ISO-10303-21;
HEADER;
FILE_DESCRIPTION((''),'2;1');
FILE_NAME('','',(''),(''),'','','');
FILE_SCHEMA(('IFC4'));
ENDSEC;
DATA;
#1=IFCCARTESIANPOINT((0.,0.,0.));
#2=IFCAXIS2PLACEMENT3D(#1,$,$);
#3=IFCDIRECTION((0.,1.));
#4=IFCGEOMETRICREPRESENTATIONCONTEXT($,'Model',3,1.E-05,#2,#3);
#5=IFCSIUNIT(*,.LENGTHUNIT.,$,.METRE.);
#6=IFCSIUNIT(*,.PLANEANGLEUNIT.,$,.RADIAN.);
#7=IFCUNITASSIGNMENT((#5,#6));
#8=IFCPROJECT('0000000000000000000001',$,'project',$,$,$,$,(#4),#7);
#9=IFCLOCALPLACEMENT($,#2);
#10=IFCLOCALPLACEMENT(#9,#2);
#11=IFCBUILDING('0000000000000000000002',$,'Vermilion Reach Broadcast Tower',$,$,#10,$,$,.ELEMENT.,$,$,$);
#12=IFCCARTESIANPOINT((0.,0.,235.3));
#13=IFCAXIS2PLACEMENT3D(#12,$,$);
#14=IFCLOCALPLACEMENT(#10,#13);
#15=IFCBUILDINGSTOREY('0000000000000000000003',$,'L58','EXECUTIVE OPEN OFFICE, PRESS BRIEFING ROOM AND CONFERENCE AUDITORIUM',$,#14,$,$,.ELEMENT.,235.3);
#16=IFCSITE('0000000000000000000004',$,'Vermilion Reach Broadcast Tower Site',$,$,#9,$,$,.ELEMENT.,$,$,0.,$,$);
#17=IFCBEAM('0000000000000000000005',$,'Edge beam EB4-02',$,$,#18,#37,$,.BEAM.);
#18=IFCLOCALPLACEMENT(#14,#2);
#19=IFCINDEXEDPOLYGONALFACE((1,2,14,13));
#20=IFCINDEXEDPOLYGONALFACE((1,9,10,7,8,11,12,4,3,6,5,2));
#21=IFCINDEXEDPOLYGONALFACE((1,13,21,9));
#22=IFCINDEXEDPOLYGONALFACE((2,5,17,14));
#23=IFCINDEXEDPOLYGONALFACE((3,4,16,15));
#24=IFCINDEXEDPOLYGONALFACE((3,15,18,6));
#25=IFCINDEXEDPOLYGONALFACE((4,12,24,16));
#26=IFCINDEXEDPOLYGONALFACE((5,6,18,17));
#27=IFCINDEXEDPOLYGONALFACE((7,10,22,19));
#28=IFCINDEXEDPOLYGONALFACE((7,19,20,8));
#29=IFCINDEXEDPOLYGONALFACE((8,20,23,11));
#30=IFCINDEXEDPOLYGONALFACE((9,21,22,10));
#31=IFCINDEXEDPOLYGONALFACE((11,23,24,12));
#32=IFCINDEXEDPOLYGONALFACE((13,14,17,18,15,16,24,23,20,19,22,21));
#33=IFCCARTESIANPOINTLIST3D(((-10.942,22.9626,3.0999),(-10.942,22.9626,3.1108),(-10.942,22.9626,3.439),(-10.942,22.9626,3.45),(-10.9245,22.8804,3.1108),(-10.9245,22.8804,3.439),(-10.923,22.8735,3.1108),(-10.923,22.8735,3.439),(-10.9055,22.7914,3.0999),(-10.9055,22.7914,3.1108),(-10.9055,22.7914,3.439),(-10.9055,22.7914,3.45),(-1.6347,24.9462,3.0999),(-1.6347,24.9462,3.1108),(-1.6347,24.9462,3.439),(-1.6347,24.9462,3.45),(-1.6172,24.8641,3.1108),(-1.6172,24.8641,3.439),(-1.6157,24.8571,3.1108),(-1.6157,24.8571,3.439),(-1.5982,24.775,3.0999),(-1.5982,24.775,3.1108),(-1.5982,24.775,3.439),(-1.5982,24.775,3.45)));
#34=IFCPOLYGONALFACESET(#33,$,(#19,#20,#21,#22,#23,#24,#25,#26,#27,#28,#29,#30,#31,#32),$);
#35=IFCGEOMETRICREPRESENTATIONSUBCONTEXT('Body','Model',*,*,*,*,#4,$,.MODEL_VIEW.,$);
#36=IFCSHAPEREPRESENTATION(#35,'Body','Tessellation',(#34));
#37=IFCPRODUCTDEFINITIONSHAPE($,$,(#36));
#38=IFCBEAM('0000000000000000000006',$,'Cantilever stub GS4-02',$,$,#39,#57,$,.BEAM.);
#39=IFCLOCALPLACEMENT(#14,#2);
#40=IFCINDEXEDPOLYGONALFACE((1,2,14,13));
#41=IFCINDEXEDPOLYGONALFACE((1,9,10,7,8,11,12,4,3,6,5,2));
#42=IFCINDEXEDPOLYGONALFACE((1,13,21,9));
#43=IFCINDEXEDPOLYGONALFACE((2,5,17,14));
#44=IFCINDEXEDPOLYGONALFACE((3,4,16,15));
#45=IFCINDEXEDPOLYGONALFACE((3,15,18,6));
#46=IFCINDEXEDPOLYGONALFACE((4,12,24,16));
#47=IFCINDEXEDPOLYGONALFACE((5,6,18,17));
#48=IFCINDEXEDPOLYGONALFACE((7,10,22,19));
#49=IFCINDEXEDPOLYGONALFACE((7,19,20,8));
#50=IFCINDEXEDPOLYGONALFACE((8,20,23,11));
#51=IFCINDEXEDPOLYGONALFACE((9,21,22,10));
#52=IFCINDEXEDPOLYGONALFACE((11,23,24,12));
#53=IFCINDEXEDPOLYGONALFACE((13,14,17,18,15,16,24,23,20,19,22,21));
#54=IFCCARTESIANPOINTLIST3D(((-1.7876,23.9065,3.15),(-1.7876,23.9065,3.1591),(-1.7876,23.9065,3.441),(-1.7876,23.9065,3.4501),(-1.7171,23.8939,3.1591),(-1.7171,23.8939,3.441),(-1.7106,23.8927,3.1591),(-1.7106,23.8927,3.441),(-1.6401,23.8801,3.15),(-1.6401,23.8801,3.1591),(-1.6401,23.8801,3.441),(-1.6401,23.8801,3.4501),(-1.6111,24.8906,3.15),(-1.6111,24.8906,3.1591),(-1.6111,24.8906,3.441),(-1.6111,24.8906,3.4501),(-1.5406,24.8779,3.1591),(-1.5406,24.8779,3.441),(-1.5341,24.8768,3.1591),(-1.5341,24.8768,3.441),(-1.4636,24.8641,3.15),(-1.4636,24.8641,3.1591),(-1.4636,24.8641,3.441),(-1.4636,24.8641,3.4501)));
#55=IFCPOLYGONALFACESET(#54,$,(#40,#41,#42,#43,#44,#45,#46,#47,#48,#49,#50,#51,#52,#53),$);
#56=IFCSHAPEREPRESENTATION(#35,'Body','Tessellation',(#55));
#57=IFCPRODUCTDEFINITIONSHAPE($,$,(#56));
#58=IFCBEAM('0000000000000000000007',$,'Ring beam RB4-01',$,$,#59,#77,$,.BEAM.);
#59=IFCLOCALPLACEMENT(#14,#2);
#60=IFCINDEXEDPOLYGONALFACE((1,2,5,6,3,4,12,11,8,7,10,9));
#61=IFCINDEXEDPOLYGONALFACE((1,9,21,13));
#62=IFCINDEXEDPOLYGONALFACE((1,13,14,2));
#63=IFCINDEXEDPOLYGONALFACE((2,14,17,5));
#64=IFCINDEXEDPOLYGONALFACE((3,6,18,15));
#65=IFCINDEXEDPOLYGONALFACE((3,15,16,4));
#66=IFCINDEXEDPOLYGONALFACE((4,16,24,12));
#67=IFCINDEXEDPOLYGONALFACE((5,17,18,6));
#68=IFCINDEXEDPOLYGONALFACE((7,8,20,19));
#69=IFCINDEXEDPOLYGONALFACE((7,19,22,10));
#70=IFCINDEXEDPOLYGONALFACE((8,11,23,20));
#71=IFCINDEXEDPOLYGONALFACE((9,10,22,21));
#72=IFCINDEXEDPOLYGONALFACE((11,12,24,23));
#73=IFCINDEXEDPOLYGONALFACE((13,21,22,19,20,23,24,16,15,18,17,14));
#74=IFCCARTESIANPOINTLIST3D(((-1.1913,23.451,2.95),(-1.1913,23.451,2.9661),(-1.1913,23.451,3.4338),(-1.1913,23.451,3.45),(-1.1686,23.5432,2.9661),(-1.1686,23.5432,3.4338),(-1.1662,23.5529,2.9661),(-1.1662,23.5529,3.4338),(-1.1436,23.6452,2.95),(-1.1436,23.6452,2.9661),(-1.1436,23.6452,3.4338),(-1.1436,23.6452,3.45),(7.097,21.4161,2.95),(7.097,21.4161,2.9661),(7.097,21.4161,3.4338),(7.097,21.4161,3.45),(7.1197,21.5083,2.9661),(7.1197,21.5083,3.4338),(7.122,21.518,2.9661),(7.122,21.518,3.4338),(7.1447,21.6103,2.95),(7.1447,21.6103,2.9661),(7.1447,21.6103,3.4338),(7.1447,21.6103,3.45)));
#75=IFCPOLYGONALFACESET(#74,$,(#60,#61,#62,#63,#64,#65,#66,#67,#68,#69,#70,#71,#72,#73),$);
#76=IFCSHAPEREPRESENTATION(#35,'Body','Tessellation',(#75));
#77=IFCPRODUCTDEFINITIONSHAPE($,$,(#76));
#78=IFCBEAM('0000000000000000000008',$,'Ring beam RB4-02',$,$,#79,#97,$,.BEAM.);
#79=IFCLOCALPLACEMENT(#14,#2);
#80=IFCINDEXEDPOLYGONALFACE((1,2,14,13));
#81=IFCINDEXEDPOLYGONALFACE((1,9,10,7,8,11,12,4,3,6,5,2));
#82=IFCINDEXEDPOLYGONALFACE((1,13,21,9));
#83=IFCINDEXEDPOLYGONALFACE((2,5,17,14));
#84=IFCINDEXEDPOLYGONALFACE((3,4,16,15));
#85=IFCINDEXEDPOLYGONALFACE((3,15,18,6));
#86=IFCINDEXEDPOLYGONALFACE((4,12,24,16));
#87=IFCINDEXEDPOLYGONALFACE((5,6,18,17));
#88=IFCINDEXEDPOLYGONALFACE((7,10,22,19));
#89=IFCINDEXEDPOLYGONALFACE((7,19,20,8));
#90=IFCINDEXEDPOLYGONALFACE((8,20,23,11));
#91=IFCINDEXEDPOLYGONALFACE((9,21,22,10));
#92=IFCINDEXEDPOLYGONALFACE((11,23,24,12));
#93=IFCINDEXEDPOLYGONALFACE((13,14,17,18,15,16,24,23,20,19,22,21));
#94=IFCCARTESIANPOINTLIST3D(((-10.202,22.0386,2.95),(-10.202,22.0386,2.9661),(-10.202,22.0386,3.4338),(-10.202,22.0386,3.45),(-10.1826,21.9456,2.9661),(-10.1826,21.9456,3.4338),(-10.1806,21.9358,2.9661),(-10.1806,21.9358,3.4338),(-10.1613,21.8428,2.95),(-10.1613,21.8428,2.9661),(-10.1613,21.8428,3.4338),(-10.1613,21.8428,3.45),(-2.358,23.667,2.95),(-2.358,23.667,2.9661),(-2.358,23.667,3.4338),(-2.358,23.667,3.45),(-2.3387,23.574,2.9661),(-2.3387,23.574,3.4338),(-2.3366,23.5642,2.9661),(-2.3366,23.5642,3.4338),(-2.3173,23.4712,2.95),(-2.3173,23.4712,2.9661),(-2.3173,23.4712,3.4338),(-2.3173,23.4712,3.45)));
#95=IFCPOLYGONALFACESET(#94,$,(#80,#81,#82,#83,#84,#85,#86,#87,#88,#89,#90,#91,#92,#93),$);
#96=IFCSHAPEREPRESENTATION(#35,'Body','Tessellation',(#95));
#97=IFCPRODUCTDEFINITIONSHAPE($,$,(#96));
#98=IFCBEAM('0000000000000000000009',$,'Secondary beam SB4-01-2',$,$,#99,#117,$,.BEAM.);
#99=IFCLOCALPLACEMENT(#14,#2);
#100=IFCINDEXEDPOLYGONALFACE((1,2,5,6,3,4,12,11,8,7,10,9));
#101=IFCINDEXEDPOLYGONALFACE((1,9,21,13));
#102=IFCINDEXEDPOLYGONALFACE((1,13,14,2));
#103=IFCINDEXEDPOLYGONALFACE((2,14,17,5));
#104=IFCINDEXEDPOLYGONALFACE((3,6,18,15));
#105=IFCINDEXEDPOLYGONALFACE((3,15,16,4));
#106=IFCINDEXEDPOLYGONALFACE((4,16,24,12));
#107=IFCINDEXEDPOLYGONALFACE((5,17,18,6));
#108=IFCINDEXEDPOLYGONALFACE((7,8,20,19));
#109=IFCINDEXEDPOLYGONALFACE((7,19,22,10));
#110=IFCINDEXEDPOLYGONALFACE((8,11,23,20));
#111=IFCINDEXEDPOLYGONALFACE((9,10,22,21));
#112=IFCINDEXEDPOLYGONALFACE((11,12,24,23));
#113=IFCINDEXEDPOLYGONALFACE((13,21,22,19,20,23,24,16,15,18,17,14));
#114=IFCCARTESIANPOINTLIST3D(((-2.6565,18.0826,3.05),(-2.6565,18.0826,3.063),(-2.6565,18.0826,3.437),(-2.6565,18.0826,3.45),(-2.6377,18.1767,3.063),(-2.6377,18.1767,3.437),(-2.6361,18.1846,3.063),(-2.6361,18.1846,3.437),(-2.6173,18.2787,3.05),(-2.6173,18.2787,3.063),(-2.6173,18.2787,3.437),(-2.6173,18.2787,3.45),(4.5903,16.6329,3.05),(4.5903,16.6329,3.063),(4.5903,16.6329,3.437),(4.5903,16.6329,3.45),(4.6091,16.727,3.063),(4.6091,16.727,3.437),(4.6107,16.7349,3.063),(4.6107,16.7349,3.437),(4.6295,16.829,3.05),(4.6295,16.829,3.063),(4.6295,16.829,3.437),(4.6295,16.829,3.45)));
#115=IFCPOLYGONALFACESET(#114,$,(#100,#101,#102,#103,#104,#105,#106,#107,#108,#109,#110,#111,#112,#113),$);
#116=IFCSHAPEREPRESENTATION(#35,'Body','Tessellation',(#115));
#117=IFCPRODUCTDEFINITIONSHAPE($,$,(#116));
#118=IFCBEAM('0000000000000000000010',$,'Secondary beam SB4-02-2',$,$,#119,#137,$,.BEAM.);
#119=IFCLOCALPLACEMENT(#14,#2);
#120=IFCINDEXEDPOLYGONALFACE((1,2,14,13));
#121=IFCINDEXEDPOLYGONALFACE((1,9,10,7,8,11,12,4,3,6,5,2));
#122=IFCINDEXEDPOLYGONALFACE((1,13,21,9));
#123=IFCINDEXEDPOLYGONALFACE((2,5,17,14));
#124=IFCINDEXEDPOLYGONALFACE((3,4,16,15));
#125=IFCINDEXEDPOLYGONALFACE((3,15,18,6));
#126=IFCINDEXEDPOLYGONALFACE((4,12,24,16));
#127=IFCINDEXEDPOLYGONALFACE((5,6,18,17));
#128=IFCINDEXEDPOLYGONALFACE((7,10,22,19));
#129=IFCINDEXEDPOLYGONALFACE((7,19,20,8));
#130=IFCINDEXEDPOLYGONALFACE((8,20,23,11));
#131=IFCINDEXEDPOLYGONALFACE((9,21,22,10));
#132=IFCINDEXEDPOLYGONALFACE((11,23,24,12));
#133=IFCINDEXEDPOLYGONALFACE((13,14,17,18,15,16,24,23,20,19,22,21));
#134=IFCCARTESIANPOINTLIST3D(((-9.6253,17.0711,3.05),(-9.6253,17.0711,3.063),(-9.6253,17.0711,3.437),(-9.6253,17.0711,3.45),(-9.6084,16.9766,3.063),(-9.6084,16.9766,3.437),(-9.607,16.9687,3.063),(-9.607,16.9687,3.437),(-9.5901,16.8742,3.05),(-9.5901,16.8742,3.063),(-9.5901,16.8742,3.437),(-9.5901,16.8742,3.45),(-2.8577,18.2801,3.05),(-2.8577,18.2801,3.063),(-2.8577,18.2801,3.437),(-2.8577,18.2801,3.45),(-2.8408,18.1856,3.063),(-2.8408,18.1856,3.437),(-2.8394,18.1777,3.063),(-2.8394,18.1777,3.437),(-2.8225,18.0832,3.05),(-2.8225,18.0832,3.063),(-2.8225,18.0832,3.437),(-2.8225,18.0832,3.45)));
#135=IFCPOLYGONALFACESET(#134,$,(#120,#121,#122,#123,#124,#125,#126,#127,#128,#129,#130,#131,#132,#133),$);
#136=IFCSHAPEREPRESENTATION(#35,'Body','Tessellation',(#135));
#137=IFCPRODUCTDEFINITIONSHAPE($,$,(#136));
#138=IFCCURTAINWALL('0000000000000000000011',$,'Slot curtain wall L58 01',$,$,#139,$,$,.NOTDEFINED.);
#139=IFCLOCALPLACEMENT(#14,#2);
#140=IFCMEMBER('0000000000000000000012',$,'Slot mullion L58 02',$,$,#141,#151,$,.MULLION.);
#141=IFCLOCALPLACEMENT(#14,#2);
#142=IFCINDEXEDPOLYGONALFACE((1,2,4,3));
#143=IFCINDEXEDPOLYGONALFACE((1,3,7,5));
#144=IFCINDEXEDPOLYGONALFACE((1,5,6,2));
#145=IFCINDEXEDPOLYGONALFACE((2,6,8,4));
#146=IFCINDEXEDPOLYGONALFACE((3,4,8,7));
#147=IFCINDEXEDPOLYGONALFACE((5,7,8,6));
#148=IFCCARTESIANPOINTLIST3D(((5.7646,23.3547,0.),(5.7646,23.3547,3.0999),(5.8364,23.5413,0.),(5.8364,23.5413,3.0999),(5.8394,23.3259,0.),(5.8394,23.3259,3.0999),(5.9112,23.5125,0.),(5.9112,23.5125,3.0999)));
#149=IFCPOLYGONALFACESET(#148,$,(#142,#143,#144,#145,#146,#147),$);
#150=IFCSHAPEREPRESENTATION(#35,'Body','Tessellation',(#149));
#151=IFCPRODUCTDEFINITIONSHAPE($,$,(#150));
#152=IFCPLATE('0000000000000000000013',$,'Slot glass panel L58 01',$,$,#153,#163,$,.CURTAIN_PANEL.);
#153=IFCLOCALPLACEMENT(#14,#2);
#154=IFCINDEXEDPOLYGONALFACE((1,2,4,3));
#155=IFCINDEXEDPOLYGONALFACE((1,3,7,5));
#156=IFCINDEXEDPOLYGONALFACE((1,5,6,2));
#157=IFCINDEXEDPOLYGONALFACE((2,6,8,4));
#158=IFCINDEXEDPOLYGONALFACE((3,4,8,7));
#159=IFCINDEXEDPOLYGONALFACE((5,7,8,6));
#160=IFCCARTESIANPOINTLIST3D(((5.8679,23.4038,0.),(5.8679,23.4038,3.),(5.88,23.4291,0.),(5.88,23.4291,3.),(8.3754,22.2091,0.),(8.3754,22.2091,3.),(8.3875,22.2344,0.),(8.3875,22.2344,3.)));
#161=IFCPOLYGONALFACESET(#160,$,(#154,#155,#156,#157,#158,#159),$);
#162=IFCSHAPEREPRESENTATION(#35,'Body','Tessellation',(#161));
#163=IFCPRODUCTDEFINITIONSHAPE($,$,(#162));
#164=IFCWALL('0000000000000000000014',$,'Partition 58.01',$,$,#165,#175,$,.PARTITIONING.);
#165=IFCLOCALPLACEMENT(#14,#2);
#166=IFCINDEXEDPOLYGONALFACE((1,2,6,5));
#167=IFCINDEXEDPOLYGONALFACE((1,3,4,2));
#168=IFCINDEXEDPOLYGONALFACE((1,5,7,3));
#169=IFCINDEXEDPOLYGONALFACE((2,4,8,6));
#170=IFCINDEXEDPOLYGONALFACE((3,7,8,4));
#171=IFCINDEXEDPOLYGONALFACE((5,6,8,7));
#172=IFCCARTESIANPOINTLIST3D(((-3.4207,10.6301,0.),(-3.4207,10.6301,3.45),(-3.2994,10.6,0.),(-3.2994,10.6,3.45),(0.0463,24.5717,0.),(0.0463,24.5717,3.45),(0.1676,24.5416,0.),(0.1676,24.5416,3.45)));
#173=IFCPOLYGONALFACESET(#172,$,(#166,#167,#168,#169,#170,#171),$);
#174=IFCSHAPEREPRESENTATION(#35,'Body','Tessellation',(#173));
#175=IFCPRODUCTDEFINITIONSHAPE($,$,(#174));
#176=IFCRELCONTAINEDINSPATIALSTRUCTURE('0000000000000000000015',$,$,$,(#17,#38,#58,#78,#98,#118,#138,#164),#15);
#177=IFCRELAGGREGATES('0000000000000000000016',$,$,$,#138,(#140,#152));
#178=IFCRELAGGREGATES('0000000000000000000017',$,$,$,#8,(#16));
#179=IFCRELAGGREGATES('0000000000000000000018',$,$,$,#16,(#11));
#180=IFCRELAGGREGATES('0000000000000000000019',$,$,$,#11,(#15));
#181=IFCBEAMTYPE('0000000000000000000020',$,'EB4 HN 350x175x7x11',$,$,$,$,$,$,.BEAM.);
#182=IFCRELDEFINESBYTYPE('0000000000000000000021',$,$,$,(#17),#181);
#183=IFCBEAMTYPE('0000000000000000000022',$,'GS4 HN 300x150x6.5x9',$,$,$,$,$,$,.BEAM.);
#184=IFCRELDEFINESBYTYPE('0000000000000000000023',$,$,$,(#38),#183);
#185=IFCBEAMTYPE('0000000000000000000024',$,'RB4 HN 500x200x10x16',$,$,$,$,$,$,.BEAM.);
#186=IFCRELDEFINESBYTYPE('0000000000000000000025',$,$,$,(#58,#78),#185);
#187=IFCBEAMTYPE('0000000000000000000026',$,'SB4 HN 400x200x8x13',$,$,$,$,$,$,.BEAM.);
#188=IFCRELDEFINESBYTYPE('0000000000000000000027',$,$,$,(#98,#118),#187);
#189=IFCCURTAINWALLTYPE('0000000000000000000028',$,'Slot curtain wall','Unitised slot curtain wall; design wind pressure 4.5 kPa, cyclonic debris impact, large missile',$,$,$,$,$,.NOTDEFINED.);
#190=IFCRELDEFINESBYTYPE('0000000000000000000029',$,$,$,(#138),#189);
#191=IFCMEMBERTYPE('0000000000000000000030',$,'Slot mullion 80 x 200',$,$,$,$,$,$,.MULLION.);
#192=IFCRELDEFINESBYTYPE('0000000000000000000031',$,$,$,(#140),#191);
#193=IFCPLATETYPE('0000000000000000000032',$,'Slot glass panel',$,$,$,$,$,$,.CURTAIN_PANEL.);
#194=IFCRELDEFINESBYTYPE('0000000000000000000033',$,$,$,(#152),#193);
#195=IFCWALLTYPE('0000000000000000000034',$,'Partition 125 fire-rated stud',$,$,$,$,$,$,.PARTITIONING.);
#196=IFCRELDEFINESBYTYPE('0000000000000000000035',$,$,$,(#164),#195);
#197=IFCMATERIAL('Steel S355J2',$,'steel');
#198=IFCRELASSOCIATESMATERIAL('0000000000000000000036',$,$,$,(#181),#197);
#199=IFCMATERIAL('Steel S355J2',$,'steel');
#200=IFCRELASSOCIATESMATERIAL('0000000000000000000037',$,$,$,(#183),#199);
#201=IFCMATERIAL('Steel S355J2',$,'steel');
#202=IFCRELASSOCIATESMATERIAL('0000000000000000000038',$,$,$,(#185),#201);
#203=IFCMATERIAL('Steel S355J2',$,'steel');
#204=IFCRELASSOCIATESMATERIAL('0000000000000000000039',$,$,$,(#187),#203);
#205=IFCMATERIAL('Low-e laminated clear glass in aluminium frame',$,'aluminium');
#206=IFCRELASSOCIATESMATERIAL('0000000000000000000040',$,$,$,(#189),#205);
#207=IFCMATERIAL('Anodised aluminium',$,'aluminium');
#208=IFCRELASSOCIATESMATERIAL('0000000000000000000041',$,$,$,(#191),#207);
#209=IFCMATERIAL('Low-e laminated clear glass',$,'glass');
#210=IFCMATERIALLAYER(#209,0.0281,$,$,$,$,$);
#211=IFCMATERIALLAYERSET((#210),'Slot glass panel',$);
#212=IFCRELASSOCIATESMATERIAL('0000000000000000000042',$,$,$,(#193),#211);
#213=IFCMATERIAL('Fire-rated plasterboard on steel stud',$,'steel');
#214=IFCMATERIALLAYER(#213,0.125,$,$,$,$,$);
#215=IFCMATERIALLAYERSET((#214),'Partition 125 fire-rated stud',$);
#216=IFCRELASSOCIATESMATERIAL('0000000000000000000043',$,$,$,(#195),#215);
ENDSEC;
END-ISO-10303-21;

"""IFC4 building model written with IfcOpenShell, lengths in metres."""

from ifc_helpers import new_model, si_unit, direction, frame, frame_2d, origin, origin_2d, place, context, subcontext, project, spatial, rectangle, i_section, extrude, material, layer, layer_set, material_profile, profile_set, type_object, element, aggregate, save


model = new_model("IFC4")

# Units and contexts
model_context = context("Model", 3, precision=1e-05, world=origin(), true_north=direction((0.0, 1.0)))
body_context = subcontext(model_context, "Body", "Model", "MODEL_VIEW")
ifc_project = project(units=[si_unit("LENGTHUNIT", "METRE"), si_unit("PLANEANGLEUNIT", "RADIAN")], contexts=[model_context])

# Site, building, storey
site_placement = place(None, origin())
site = spatial("IfcSite", under=ifc_project, at=site_placement, Name="Vermilion Reach Broadcast Tower Site", CompositionType="ELEMENT", RefElevation=0.0)
building_placement = place(site_placement, origin())
building = spatial("IfcBuilding", under=site, at=building_placement, Name="Vermilion Reach Broadcast Tower", CompositionType="ELEMENT")
storey_placement = place(building_placement, frame((0.0, 0.0, 235.3)))
storey = spatial("IfcBuildingStorey", under=building, at=storey_placement, Name="L58", Description="EXECUTIVE OPEN OFFICE, PRESS BRIEFING ROOM AND CONFERENCE AUDITORIUM", CompositionType="ELEMENT", Elevation=235.3)

# Beams
ifc_material_1 = material(Name="Steel S355J2", Category="steel")
ifc_material_profile_1 = material_profile(ifc_material_1, i_section(OverallWidth=0.175, OverallDepth=0.3501, WebThickness=0.0071, FlangeThickness=0.011, at=origin_2d()), Name="S355J2 HN 350x175x7x11")
ifc_profile_set_1 = profile_set([ifc_material_profile_1], Name="Steel S355J2")
beam_type_1 = type_object("IfcBeamType", Name="EB4 HN 350x175x7x11", PredefinedType="BEAM", material=ifc_profile_set_1)
beam_1_placement = place(storey_placement, frame((-1.6165, 24.8606, 3.2749), z_axis=(-0.978034, -0.208444, 0.0), x_axis=(0.208444, -0.978034, 0.0)))
element("IfcBeam", 1, at=beam_1_placement, inside=storey, type_object=beam_type_1, Name="Edge beam EB4-02", PredefinedType="BEAM", context=body_context, shape_type="SweptSolid", body=[
    extrude(i_section(OverallWidth=0.175, OverallDepth=0.3501, WebThickness=0.0071, FlangeThickness=0.011, at=origin_2d()), origin(), (0.0, 0.0, 1.0), 9.5164),
])
ifc_material_2 = material(Name="Steel S355J2", Category="steel")
ifc_material_profile_2 = material_profile(ifc_material_2, i_section(OverallWidth=0.1499, OverallDepth=0.3, WebThickness=0.0066, FlangeThickness=0.009, at=origin_2d()), Name="S355J2 HN 300x150x6.5x9")
ifc_profile_set_2 = profile_set([ifc_material_profile_2], Name="Steel S355J2")
beam_type_2 = type_object("IfcBeamType", Name="GS4 HN 300x150x6.5x9", PredefinedType="BEAM", material=ifc_profile_set_2)
beam_2_placement = place(storey_placement, frame((-1.7139, 23.8933, 3.3), z_axis=(0.176543, 0.984293, 0.0), x_axis=(-0.984293, 0.176543, 0.0)))
element("IfcBeam", 2, at=beam_2_placement, inside=storey, type_object=beam_type_2, Name="Cantilever stub GS4-02", PredefinedType="BEAM", context=body_context, shape_type="SweptSolid", body=[
    extrude(i_section(OverallWidth=0.1499, OverallDepth=0.3, WebThickness=0.0066, FlangeThickness=0.009, at=origin_2d()), origin(), (0.0, 0.0, 1.0), 0.9998),
])
ifc_material_3 = material(Name="Steel S355J2", Category="steel")
ifc_material_profile_3 = material_profile(ifc_material_3, i_section(OverallWidth=0.2, OverallDepth=0.5, WebThickness=0.01, FlangeThickness=0.0161, at=origin_2d()), Name="S355J2 HN 500x200x10x16")
ifc_profile_set_3 = profile_set([ifc_material_profile_3], Name="Steel S355J2")
beam_type_3 = type_object("IfcBeamType", Name="RB4 HN 500x200x10x16", PredefinedType="BEAM", material=ifc_profile_set_3)
beam_3_placement = place(storey_placement, frame((7.1208, 21.5132, 3.2), z_axis=(-0.971159, 0.238434, 0.0), x_axis=(-0.238434, -0.971159, 0.0)))
element("IfcBeam", 3, at=beam_3_placement, inside=storey, type_object=beam_type_3, Name="Ring beam RB4-01", PredefinedType="BEAM", context=body_context, shape_type="SweptSolid", body=[
    extrude(i_section(OverallWidth=0.2, OverallDepth=0.5, WebThickness=0.01, FlangeThickness=0.0161, at=origin_2d()), origin(), (0.0, 0.0, 1.0), 8.5344),
])
beam_4_placement = place(storey_placement, frame((-2.3376, 23.5691, 3.2), z_axis=(-0.979123, -0.203267, 0.0), x_axis=(0.203267, -0.979123, 0.0)))
element("IfcBeam", 4, at=beam_4_placement, inside=storey, type_object=beam_type_3, Name="Ring beam RB4-02", PredefinedType="BEAM", context=body_context, shape_type="SweptSolid", body=[
    extrude(i_section(OverallWidth=0.2, OverallDepth=0.5, WebThickness=0.01, FlangeThickness=0.0161, at=origin_2d()), origin(), (0.0, 0.0, 1.0), 8.0112),
])
ifc_material_4 = material(Name="Steel S355J2", Category="steel")
ifc_material_profile_4 = material_profile(ifc_material_4, i_section(OverallWidth=0.2, OverallDepth=0.3999, WebThickness=0.0081, FlangeThickness=0.0129, at=origin_2d()), Name="S355J2 HN 400x200x8x13")
ifc_profile_set_4 = profile_set([ifc_material_profile_4], Name="Steel S355J2")
beam_type_4 = type_object("IfcBeamType", Name="SB4 HN 400x200x8x13", PredefinedType="BEAM", material=ifc_profile_set_4)
beam_5_placement = place(storey_placement, frame((4.6099, 16.731, 3.25), z_axis=(-0.980572, 0.196161, 0.0), x_axis=(-0.196161, -0.980572, 0.0)))
element("IfcBeam", 5, at=beam_5_placement, inside=storey, type_object=beam_type_4, Name="Secondary beam SB4-01-2", PredefinedType="BEAM", context=body_context, shape_type="SweptSolid", body=[
    extrude(i_section(OverallWidth=0.2, OverallDepth=0.3999, WebThickness=0.0081, FlangeThickness=0.0129, at=origin_2d()), origin(), (0.0, 0.0, 1.0), 7.3904),
])
beam_6_placement = place(storey_placement, frame((-2.8401, 18.1816, 3.25), z_axis=(-0.984415, -0.175859, 0.0), x_axis=(0.175859, -0.984415, 0.0)))
element("IfcBeam", 6, at=beam_6_placement, inside=storey, type_object=beam_type_4, Name="Secondary beam SB4-02-2", PredefinedType="BEAM", context=body_context, shape_type="SweptSolid", body=[
    extrude(i_section(OverallWidth=0.2, OverallDepth=0.3999, WebThickness=0.0081, FlangeThickness=0.0129, at=origin_2d()), origin(), (0.0, 0.0, 1.0), 6.8748),
])

# Curtain wall, member, plate
ifc_material_5 = material(Name="Low-e laminated clear glass in aluminium frame", Category="aluminium")
curtain_wall_type = type_object("IfcCurtainWallType", Name="Slot curtain wall", Description="Unitised slot curtain wall; design wind pressure 4.5 kPa, cyclonic debris impact, large missile", PredefinedType="NOTDEFINED", material=ifc_material_5)
curtain_wall_placement = place(storey_placement, origin())
curtain_wall = element("IfcCurtainWall", 7, at=curtain_wall_placement, inside=storey, type_object=curtain_wall_type, Name="Slot curtain wall L58 01", PredefinedType="NOTDEFINED")
ifc_material_6 = material(Name="Anodised aluminium", Category="aluminium")
ifc_material_profile_5 = material_profile(ifc_material_6, rectangle(XDim=0.2, YDim=0.0801, at=origin_2d()), Name="Slot mullion 80 x 200")
ifc_profile_set_5 = profile_set([ifc_material_profile_5], Name="Anodised aluminium")
member_type = type_object("IfcMemberType", Name="Slot mullion 80 x 200", PredefinedType="MULLION", material=ifc_profile_set_5)
member_placement = place(storey_placement, frame((5.8379, 23.4336, 0.0), z_axis=(0.0, 0.0, 1.0), x_axis=(-0.359126, -0.933289, 0.0)))
member = element("IfcMember", 8, at=member_placement, type_object=member_type, Name="Slot mullion L58 02", PredefinedType="MULLION", context=body_context, shape_type="SweptSolid", body=[
    extrude(rectangle(XDim=0.2, YDim=0.0801, at=origin_2d()), origin(), (0.0, 0.0, 1.0), 3.0999),
])
ifc_material_7 = material(Name="Low-e laminated clear glass", Category="glass")
ifc_layer_1 = layer(ifc_material_7, 0.0281)
ifc_layer_set_1 = layer_set([ifc_layer_1], Name="Slot glass panel")
plate_type = type_object("IfcPlateType", Name="Slot glass panel", PredefinedType="CURTAIN_PANEL", material=ifc_layer_set_1)
plate_placement = place(storey_placement, frame((7.1277, 22.8191, 0.0), z_axis=(0.0, 0.0, 1.0), x_axis=(-0.90277, 0.430124, 0.0)))
plate = element("IfcPlate", 9, at=plate_placement, type_object=plate_type, Name="Slot glass panel L58 01", PredefinedType="CURTAIN_PANEL", context=body_context, shape_type="SweptSolid", body=[
    extrude(rectangle(XDim=2.7776, YDim=0.0281, at=origin_2d()), origin(), (0.0, 0.0, 1.0), 3.0),
])
aggregate(curtain_wall, [member, plate])

# Wall
ifc_material_8 = material(Name="Fire-rated plasterboard on steel stud", Category="steel")
ifc_layer_2 = layer(ifc_material_8, 0.125)
ifc_layer_set_2 = layer_set([ifc_layer_2], Name="Partition 125 fire-rated stud")
wall_type_1 = type_object("IfcWallType", Name="Partition 125 fire-rated stud", PredefinedType="PARTITIONING", material=ifc_layer_set_2)
wall_1_placement = place(storey_placement, frame((0.1069, 24.5566, 0.0), z_axis=(0.0, 0.0, 1.0), x_axis=(-0.241332, -0.970443, 0.0)))
element("IfcWall", 10, at=wall_1_placement, inside=storey, type_object=wall_type_1, Name="Partition 58.01", PredefinedType="PARTITIONING", context=body_context, shape_type="SweptSolid", body=[
    extrude(rectangle(XDim=14.3662, YDim=0.125, at=frame_2d((7.1831, 0.0))), origin(), (0.0, 0.0, 1.0), 3.45),
])

save(model, "model.ifc")
